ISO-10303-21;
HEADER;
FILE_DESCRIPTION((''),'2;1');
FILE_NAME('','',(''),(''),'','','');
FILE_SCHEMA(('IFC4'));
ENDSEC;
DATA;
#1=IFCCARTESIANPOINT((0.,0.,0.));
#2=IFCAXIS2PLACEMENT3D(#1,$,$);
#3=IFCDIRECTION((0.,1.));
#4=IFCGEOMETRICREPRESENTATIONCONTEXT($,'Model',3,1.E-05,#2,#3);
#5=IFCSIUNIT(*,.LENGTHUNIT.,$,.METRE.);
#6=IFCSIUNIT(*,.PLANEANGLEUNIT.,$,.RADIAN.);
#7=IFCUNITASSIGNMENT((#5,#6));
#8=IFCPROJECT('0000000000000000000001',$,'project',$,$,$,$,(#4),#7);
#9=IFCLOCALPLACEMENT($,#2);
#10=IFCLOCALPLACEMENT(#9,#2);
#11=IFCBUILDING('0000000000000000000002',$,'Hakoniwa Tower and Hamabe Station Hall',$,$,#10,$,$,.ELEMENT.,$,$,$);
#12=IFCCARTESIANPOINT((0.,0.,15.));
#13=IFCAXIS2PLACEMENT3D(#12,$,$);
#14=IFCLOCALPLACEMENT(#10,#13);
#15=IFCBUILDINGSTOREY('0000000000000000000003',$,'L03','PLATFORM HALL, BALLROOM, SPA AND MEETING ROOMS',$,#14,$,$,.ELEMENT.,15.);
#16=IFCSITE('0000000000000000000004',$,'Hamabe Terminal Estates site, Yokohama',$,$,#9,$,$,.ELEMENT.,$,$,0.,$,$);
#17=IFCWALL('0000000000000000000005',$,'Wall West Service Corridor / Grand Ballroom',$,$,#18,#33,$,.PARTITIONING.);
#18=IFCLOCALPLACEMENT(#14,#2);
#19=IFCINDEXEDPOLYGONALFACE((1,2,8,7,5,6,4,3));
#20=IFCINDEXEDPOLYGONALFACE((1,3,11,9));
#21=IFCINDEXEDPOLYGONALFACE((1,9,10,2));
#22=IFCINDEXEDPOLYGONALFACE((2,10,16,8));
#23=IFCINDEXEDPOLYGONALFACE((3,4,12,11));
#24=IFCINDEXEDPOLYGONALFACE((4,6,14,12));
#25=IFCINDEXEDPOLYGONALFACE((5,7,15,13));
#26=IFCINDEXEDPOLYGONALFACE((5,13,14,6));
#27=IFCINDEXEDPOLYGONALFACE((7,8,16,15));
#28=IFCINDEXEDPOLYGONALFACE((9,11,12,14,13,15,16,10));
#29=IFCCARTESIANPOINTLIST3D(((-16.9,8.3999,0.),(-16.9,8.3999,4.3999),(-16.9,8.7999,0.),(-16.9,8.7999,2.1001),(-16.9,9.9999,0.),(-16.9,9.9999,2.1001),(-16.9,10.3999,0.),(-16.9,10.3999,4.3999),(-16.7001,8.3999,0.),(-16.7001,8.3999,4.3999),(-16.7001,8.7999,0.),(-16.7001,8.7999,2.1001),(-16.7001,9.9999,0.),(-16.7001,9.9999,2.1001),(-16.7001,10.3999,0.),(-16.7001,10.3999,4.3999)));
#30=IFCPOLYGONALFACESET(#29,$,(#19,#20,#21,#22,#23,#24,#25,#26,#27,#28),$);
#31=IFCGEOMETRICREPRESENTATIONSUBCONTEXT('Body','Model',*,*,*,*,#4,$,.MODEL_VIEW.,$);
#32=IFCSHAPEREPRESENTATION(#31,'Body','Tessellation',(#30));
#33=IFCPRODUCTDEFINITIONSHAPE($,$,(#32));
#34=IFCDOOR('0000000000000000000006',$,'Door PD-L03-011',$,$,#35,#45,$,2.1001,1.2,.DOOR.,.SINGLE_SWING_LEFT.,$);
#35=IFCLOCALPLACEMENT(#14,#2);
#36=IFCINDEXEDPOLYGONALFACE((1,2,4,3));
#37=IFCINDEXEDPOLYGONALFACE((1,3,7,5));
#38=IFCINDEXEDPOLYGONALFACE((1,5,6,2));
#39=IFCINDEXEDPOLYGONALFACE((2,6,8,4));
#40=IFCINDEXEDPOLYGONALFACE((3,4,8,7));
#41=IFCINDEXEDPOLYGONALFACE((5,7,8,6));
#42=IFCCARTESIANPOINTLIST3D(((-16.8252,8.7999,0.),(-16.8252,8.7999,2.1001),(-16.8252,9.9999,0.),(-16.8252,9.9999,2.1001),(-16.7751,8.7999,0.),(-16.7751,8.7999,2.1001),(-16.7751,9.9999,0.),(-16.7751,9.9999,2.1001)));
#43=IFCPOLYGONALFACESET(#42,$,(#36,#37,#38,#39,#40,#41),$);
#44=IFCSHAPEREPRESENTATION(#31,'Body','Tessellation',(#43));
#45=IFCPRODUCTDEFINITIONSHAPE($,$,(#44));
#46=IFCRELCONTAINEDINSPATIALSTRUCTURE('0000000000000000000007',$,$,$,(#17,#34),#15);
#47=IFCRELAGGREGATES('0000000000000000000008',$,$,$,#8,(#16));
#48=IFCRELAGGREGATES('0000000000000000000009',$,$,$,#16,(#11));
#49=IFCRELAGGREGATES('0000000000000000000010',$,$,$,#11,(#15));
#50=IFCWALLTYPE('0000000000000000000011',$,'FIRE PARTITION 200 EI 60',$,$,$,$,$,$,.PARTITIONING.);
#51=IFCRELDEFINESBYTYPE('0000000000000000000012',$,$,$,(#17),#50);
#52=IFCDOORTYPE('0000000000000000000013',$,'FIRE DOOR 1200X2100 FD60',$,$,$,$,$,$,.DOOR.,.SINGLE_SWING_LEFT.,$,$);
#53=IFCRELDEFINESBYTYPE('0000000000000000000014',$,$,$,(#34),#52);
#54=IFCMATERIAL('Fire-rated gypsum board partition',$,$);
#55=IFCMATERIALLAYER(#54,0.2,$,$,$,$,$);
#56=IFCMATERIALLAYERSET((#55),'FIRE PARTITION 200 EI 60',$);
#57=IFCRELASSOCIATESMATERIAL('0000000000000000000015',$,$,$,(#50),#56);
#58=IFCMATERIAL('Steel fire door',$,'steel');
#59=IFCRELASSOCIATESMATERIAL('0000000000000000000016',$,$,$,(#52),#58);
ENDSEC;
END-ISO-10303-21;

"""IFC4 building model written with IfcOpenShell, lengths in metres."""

from ifc_helpers import new_model, si_unit, direction, frame, frame_2d, origin, place, context, subcontext, project, spatial, rectangle, extrude, material, layer, layer_set, type_object, element, fill, save


model = new_model("IFC4")

# Units and contexts
model_context = context("Model", 3, precision=1e-05, world=origin(), true_north=direction((0.0, 1.0)))
body_context = subcontext(model_context, "Body", "Model", "MODEL_VIEW")
ifc_project = project(units=[si_unit("LENGTHUNIT", "METRE"), si_unit("PLANEANGLEUNIT", "RADIAN")], contexts=[model_context])

# Site, building, storey
site_placement = place(None, origin())
site = spatial("IfcSite", under=ifc_project, at=site_placement, Name="Hamabe Terminal Estates site, Yokohama", CompositionType="ELEMENT", RefElevation=0.0)
building_placement = place(site_placement, origin())
building = spatial("IfcBuilding", under=site, at=building_placement, Name="Hakoniwa Tower and Hamabe Station Hall", CompositionType="ELEMENT")
storey_placement = place(building_placement, frame((0.0, 0.0, 15.0)))
storey = spatial("IfcBuildingStorey", under=building, at=storey_placement, Name="L03", Description="PLATFORM HALL, BALLROOM, SPA AND MEETING ROOMS", CompositionType="ELEMENT", Elevation=15.0)

# Shared definitions
ifc_material_1 = material(Name="Fire-rated gypsum board partition")
ifc_layer_1 = layer(ifc_material_1, 0.2)
ifc_layer_set_1 = layer_set([ifc_layer_1], Name="FIRE PARTITION 200 EI 60")
wall_type = type_object("IfcWallType", Name="FIRE PARTITION 200 EI 60", PredefinedType="PARTITIONING", material=ifc_layer_set_1)

# Wall, opening, door
wall_1_placement = place(storey_placement, frame((-16.8, 10.3999, 0.0), z_axis=(0.0, 0.0, 1.0), x_axis=(0.0, -1.0, 0.0)))
wall_1 = element("IfcWall", 1, at=wall_1_placement, inside=storey, type_object=wall_type, Name="Wall West Service Corridor / Grand Ballroom", PredefinedType="PARTITIONING", context=body_context, shape_type="SweptSolid", body=[
    extrude(rectangle(XDim=2.0, YDim=0.2, at=frame_2d((1.0, 0.0))), origin(), (0.0, 0.0, 1.0), 4.3999),
])
opening_1_placement = place(wall_1_placement, frame((0.3999, 0.0, 0.0)))
opening_1 = element("IfcOpeningElement", 2, at=opening_1_placement, cuts=wall_1, PredefinedType="OPENING", context=body_context, shape_type="SweptSolid", body=[
    extrude(rectangle(XDim=1.2, YDim=2.1001, at=frame_2d((0.6001, 1.05))), frame((0.0, 0.1099, 0.0), z_axis=(0.0, -1.0, 0.0), x_axis=(1.0, 0.0, 0.0)), (0.0, 0.0, 1.0), 0.22),
])
ifc_material_2 = material(Name="Steel fire door", Category="steel")
door_type_1 = type_object("IfcDoorType", Name="FIRE DOOR 1200X2100 FD60", OperationType="SINGLE_SWING_LEFT", PredefinedType="DOOR", material=ifc_material_2)
door_1_placement = place(opening_1_placement, origin())
door_1 = element("IfcDoor", 3, at=door_1_placement, inside=storey, type_object=door_type_1, Name="Door PD-L03-011", OperationType="SINGLE_SWING_LEFT", OverallHeight=2.1001, OverallWidth=1.2, PredefinedType="DOOR", context=body_context, shape_type="SweptSolid", body=[
    extrude(rectangle(XDim=1.2, YDim=2.1001, at=frame_2d((0.6001, 1.05))), frame((0.0, 0.0249, 0.0), z_axis=(0.0, -1.0, 0.0), x_axis=(1.0, 0.0, 0.0)), (0.0, 0.0, 1.0), 0.05),
])
fill(opening_1, door_1)

save(model, "model.ifc")
